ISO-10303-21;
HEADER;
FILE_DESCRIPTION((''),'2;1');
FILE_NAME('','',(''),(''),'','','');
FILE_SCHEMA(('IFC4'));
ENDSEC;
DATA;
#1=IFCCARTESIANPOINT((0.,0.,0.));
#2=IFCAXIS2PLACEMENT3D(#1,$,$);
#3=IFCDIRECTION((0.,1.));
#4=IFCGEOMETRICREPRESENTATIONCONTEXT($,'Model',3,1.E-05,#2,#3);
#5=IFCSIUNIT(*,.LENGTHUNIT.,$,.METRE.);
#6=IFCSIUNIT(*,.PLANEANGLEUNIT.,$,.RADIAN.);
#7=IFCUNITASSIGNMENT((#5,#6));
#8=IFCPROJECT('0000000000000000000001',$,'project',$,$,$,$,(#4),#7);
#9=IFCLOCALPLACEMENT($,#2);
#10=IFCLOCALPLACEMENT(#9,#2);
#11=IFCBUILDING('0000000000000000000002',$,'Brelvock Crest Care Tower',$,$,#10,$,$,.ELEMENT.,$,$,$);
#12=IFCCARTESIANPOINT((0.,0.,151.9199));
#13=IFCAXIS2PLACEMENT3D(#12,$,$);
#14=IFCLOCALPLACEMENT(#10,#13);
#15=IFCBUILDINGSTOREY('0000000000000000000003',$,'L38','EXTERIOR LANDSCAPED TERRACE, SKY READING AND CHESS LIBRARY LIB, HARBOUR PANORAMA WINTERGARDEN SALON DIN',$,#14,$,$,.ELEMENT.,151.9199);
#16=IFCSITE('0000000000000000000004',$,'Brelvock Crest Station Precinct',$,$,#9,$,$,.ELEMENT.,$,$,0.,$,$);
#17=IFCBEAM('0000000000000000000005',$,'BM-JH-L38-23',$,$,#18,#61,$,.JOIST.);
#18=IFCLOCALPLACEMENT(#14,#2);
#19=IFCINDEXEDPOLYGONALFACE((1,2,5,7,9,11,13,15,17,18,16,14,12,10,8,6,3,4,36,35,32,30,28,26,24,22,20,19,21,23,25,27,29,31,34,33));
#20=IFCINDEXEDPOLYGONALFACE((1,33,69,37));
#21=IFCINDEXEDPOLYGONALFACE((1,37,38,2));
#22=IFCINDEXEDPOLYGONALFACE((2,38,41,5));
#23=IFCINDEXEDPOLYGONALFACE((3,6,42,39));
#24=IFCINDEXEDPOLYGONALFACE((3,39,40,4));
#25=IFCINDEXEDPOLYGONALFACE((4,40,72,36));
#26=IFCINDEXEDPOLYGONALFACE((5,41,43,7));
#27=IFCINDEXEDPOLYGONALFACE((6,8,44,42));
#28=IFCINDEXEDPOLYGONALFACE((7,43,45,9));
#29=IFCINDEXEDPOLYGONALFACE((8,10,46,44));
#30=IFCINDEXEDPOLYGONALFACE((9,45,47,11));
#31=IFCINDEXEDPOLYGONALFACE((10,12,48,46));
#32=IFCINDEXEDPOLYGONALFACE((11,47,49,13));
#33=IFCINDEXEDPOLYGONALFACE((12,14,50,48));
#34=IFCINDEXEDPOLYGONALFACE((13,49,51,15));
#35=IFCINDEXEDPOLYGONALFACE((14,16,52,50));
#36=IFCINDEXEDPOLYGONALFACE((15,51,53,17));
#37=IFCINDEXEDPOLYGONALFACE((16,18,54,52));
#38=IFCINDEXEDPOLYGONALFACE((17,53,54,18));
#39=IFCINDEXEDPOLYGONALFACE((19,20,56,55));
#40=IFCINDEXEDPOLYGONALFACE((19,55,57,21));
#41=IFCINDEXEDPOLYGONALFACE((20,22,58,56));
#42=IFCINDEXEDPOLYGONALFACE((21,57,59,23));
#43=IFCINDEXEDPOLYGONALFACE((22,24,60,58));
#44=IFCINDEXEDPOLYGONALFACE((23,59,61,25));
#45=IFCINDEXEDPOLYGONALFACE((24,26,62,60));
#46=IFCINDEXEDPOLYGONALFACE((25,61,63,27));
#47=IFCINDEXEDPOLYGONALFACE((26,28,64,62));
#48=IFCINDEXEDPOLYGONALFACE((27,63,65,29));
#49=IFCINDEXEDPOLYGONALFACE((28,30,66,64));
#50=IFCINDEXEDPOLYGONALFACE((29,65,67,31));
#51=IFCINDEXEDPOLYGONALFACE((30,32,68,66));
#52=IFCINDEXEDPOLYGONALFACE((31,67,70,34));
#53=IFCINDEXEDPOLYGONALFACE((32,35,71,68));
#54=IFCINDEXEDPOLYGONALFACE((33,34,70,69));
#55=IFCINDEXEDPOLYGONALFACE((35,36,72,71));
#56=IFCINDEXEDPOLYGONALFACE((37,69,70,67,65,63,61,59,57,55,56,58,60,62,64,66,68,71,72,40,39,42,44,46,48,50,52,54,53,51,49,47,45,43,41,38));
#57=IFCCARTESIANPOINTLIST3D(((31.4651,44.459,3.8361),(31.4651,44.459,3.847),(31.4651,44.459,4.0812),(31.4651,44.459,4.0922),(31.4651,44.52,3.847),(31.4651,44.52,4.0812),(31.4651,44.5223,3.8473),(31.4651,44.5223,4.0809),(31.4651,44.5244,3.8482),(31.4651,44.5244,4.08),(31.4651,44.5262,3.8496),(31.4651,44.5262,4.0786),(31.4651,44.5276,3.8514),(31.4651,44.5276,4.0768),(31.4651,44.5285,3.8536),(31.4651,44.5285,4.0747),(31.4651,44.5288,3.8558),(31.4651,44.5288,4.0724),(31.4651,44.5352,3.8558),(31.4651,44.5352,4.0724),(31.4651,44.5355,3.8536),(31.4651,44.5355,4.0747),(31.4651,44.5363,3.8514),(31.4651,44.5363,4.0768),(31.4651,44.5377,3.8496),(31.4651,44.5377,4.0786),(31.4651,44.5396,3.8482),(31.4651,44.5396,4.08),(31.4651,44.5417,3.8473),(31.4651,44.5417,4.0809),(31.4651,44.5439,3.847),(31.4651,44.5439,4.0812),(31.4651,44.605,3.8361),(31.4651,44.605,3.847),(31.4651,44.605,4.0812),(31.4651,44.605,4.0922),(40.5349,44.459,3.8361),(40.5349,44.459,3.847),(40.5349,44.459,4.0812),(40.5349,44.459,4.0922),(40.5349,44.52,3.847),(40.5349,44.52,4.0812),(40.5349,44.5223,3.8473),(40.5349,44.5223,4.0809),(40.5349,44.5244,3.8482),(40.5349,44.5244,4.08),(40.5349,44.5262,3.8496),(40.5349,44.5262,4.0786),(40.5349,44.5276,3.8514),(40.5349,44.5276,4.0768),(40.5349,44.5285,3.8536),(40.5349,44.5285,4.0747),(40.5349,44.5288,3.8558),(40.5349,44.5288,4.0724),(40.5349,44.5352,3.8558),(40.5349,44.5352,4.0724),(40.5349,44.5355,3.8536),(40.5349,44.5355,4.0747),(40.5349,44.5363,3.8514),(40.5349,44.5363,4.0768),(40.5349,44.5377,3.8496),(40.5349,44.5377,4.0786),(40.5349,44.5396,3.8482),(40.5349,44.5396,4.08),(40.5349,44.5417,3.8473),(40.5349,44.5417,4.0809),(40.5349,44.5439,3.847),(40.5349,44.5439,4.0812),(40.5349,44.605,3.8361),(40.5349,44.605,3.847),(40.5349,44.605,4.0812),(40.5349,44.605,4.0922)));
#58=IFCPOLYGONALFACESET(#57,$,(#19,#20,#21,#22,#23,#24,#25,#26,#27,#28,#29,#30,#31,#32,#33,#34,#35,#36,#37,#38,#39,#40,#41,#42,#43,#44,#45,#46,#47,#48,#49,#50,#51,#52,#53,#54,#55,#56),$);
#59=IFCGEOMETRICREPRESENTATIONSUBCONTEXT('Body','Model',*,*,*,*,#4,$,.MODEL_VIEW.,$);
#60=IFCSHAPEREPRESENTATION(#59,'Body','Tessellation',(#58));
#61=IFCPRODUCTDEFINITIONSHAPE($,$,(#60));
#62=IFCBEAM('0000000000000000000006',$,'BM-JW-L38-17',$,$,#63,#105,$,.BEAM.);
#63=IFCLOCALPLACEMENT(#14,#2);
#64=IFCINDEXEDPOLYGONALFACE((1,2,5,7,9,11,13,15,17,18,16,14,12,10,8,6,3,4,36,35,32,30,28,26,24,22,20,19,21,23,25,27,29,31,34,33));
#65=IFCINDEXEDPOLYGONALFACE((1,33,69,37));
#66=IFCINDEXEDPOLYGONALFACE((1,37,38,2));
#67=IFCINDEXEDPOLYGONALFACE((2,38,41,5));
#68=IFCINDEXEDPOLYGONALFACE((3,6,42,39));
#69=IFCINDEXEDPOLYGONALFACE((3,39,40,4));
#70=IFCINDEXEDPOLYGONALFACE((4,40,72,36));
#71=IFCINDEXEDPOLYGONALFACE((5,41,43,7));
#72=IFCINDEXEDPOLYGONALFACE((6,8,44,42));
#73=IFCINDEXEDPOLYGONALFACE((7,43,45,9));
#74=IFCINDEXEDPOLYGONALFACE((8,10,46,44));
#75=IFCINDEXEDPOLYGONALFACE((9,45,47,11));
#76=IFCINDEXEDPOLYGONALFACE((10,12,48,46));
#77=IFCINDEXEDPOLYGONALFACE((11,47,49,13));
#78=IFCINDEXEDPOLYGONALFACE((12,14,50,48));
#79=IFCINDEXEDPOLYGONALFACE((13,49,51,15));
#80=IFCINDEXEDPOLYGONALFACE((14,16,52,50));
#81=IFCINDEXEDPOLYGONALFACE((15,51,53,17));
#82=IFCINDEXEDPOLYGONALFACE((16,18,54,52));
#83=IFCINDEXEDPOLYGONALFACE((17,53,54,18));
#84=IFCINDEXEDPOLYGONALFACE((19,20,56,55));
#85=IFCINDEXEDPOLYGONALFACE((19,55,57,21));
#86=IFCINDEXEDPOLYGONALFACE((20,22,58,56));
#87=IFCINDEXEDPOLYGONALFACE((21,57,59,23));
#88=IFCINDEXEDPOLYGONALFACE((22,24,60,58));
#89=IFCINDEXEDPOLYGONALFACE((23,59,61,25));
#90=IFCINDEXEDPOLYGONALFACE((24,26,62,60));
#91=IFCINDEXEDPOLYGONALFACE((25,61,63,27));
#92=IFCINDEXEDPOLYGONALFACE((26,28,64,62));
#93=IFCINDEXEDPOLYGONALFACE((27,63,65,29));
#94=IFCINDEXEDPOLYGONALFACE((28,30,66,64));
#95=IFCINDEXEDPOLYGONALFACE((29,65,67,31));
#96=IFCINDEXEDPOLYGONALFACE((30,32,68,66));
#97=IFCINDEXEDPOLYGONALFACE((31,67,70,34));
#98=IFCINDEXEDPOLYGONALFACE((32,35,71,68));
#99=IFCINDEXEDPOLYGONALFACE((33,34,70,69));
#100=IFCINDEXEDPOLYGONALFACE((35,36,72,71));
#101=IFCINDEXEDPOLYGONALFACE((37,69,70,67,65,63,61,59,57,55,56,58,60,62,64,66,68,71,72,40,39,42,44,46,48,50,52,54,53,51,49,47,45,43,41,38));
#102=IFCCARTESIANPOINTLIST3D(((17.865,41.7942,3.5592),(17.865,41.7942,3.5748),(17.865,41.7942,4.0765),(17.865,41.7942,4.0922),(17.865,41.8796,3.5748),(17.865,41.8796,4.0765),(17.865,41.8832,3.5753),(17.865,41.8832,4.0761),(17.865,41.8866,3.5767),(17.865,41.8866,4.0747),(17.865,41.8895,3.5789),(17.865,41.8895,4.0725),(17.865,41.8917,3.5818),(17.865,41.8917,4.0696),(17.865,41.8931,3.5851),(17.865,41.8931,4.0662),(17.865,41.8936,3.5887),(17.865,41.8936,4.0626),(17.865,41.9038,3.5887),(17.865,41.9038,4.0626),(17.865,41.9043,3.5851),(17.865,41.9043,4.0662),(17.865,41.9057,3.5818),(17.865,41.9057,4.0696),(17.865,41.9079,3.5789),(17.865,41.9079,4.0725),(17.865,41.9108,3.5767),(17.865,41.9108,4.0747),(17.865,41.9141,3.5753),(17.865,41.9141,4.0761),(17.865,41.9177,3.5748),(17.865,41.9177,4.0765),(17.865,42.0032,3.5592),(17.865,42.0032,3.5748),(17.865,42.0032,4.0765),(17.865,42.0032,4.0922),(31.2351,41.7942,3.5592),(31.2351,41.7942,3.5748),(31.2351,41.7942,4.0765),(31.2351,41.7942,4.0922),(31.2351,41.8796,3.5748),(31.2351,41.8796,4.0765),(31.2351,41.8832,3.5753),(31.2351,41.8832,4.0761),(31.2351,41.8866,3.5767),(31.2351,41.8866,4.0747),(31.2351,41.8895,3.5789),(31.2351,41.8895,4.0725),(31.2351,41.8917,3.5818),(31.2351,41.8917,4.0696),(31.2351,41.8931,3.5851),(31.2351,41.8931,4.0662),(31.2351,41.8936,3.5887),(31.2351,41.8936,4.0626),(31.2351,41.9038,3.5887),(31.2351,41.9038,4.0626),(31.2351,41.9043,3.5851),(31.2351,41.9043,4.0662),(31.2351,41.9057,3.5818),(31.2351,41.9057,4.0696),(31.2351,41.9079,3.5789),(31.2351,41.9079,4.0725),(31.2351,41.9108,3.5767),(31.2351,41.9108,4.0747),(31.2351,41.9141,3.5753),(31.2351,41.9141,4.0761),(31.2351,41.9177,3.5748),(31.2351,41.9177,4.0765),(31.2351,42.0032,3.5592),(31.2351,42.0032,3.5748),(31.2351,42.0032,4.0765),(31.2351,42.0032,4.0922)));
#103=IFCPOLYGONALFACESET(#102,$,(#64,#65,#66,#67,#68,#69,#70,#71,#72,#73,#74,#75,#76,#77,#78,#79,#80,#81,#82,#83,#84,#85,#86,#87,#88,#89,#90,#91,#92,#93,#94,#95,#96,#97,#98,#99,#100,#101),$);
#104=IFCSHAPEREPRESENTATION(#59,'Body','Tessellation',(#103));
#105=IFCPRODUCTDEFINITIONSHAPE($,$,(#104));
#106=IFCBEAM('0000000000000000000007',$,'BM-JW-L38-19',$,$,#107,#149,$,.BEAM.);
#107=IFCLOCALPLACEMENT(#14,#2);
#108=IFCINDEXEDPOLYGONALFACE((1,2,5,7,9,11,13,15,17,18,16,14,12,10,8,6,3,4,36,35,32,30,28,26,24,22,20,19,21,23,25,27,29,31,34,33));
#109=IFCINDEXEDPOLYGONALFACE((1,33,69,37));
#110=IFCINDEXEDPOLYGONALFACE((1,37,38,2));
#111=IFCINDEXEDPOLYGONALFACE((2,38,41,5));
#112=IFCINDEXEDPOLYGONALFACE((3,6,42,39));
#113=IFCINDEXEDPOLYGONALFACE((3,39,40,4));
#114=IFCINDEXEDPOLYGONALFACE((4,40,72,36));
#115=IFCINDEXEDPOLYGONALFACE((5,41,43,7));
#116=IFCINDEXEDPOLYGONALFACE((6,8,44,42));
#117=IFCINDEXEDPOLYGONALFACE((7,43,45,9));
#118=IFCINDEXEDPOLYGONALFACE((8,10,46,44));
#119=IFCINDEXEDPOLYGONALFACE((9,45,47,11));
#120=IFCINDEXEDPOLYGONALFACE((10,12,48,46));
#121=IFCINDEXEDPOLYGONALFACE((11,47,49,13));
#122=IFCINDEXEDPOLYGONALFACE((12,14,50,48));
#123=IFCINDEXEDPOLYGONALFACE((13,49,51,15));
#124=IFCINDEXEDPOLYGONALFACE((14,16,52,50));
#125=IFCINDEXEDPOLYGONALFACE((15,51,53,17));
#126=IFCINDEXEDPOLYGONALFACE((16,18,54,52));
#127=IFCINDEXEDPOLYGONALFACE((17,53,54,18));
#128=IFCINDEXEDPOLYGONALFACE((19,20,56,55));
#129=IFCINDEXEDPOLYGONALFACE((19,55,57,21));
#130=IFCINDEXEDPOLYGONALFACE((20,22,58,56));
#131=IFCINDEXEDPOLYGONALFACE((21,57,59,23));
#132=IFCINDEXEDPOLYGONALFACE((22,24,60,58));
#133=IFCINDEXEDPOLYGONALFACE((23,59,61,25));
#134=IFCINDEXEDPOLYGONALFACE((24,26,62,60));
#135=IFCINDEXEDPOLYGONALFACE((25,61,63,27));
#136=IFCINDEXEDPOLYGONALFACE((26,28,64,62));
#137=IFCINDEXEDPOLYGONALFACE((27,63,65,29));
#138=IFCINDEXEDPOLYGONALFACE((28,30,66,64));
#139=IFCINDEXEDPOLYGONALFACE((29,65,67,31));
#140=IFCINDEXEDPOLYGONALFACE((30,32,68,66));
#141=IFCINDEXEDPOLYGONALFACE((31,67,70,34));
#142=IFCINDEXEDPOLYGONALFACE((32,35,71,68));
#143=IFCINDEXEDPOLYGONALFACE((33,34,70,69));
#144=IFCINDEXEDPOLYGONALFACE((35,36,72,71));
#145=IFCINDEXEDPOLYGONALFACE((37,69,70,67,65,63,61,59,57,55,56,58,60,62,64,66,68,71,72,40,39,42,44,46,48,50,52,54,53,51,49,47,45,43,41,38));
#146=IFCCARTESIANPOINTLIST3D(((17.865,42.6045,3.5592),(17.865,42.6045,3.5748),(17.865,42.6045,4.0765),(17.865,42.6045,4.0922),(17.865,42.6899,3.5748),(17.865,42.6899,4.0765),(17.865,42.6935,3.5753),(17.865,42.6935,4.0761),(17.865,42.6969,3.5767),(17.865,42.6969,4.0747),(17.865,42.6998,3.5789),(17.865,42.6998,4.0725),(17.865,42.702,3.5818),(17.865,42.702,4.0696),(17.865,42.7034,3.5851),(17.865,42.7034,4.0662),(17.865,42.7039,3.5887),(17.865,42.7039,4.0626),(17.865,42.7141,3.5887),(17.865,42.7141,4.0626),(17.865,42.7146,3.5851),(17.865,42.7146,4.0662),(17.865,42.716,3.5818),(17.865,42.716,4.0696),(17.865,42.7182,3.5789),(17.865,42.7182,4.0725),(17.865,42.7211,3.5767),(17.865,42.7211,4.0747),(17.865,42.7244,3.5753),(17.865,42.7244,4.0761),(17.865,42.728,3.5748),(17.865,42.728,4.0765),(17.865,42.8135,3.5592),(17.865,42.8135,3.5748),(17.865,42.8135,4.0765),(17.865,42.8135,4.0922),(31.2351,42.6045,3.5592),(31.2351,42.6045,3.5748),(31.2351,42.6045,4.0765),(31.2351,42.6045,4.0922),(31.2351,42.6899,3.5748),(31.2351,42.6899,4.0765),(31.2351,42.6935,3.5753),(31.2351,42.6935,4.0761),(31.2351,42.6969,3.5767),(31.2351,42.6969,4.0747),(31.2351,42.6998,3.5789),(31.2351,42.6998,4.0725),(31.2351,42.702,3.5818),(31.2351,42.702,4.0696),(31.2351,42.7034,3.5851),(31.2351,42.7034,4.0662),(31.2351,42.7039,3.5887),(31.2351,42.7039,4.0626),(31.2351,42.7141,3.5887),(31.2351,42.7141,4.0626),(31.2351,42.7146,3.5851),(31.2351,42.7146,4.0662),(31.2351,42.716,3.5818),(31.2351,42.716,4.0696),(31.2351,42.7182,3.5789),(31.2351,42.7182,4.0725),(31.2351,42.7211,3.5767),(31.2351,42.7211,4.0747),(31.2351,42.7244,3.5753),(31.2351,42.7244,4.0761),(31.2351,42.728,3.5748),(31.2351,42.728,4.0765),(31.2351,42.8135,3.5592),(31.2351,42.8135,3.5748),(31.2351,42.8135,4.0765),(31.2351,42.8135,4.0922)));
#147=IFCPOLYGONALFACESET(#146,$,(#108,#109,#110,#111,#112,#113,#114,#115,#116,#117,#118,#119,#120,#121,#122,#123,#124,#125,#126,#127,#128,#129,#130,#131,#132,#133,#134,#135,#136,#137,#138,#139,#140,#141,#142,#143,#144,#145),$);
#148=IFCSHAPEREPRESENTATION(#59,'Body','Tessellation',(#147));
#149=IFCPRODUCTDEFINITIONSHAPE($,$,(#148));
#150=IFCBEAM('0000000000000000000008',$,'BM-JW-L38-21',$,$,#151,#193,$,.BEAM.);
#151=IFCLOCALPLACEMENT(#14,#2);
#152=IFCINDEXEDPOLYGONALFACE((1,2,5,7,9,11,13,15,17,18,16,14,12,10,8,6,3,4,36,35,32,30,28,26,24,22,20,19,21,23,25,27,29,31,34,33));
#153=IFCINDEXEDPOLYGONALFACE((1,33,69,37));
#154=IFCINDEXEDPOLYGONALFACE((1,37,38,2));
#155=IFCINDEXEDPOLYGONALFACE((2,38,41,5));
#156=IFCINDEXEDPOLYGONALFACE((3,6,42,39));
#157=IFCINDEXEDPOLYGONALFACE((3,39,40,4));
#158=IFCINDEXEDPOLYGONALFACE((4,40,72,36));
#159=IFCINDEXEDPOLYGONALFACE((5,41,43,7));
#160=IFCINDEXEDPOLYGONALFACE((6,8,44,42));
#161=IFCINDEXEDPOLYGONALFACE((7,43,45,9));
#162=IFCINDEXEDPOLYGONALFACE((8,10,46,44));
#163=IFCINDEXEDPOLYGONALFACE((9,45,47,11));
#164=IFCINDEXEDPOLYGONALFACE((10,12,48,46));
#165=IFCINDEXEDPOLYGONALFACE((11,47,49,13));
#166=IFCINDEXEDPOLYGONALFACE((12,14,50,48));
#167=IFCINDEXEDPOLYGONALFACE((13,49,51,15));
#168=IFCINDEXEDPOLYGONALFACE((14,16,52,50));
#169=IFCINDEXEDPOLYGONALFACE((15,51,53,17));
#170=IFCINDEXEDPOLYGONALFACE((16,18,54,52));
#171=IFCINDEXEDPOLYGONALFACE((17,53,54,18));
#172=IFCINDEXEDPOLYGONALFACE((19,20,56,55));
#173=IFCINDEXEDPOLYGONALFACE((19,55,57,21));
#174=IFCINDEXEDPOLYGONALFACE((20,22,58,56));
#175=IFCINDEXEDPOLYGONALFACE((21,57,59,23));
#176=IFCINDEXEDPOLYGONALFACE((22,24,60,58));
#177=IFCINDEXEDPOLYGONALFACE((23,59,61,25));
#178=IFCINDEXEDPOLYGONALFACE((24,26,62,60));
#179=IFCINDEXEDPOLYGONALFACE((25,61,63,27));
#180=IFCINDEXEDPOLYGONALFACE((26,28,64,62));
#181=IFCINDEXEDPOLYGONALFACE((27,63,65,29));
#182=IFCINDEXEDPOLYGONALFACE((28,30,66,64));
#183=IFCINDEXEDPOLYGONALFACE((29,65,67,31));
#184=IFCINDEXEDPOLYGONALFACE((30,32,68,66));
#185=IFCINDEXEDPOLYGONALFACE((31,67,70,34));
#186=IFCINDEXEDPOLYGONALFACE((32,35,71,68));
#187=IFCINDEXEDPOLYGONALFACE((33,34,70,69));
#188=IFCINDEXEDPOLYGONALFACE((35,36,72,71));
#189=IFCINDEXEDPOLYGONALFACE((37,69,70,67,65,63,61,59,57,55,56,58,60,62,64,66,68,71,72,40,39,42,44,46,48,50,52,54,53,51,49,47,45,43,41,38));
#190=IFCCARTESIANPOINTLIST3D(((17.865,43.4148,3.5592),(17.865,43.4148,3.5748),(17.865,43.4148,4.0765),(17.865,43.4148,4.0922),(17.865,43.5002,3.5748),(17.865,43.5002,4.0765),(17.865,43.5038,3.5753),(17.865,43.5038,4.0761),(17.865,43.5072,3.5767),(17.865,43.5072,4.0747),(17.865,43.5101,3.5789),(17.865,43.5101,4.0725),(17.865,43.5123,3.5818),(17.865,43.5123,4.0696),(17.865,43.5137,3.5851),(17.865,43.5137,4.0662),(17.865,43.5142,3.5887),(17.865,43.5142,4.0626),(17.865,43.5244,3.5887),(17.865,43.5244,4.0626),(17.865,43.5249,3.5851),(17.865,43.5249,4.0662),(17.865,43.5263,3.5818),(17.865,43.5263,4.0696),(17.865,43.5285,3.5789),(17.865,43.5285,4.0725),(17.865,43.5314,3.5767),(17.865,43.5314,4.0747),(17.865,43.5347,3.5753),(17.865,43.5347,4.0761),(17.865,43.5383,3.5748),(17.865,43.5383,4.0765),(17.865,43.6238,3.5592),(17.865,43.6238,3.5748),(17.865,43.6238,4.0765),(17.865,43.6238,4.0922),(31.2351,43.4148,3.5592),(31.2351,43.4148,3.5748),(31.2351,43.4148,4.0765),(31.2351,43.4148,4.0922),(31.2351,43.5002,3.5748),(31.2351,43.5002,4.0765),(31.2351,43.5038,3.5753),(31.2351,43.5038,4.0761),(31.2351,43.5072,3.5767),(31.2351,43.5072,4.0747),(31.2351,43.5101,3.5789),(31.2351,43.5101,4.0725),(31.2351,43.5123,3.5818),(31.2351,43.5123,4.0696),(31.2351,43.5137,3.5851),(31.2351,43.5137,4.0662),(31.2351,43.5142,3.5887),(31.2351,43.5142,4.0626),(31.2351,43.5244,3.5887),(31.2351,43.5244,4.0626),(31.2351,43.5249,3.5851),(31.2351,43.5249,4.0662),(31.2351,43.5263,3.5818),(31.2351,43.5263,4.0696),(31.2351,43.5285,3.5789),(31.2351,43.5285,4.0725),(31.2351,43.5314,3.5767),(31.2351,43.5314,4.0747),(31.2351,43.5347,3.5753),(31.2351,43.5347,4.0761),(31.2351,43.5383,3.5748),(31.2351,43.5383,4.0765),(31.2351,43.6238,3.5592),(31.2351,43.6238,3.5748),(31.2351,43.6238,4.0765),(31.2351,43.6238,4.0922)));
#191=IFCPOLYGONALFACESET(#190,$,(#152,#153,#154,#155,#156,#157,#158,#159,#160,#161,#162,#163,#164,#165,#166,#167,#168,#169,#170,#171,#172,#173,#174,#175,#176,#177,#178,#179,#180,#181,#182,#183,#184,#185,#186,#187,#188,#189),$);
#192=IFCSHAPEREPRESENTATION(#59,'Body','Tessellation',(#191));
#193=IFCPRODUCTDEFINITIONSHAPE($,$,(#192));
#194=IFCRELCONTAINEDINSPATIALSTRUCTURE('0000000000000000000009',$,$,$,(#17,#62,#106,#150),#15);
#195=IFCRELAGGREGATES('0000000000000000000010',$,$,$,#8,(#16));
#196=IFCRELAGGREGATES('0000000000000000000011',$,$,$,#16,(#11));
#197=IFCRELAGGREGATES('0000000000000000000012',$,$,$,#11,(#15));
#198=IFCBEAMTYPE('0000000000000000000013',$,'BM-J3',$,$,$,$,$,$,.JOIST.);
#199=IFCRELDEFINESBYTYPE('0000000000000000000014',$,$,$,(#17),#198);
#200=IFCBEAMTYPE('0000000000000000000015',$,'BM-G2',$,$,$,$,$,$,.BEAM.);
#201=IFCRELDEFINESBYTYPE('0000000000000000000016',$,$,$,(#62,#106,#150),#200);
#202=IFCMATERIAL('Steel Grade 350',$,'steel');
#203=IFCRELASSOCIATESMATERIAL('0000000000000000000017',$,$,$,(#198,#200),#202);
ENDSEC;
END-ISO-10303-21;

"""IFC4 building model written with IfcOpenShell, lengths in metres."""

from ifc_helpers import new_model, si_unit, direction, frame, origin, origin_2d, place, context, subcontext, project, spatial, i_section, extrude, source, transform, mapped, material, material_profile, profile_set, type_object, element, save


model = new_model("IFC4")

# Units and contexts
model_context = context("Model", 3, precision=1e-05, world=origin(), true_north=direction((0.0, 1.0)))
body_context = subcontext(model_context, "Body", "Model", "MODEL_VIEW")
ifc_project = project(units=[si_unit("LENGTHUNIT", "METRE"), si_unit("PLANEANGLEUNIT", "RADIAN")], contexts=[model_context])

# Site, building, storey
site_placement = place(None, origin())
site = spatial("IfcSite", under=ifc_project, at=site_placement, Name="Brelvock Crest Station Precinct", CompositionType="ELEMENT", RefElevation=0.0)
building_placement = place(site_placement, origin())
building = spatial("IfcBuilding", under=site, at=building_placement, Name="Brelvock Crest Care Tower", CompositionType="ELEMENT")
storey_placement = place(building_placement, frame((0.0, 0.0, 151.9199)))
storey = spatial("IfcBuildingStorey", under=building, at=storey_placement, Name="L38", Description="EXTERIOR LANDSCAPED TERRACE, SKY READING AND CHESS LIBRARY LIB, HARBOUR PANORAMA WINTERGARDEN SALON DIN", CompositionType="ELEMENT", Elevation=151.9199)

# Beams
ifc_material = material(Name="Steel Grade 350", Category="steel")
ifc_material_profile_1 = material_profile(ifc_material, i_section(OverallWidth=0.146, OverallDepth=0.2561, WebThickness=0.0063, FlangeThickness=0.011, FilletRadius=0.0088, at=origin_2d()), Name="250UB37.3")
ifc_profile_set_1 = profile_set([ifc_material_profile_1], Name="Steel Grade 350")
beam_type_1 = type_object("IfcBeamType", Name="BM-J3", PredefinedType="JOIST", material=ifc_profile_set_1)
shared_shape_1 = source(origin(), body_context, "Body", "SweptSolid", [
    extrude(i_section(OverallWidth=0.146, OverallDepth=0.2561, WebThickness=0.0063, FlangeThickness=0.011, FilletRadius=0.0088, at=origin_2d()), origin(), (0.0, 0.0, 1.0), 9.0698),
])
for number, where, z_axis, x_axis, name in (
    (1, (31.4651, 44.532, 3.9641), (1.0, 0.0, 0.0), (0.0, 1.0, 0.0), "BM-JH-L38-23"),
):
    element("IfcBeam", number, at=place(storey_placement, frame(where, z_axis=z_axis, x_axis=x_axis)), inside=storey, type_object=beam_type_1, Name=name, PredefinedType="JOIST", context=body_context, shape_type="MappedRepresentation", body=[
        mapped(shared_shape_1, transform((0.0, 0.0, 0.0), x_axis=(1.0, 0.0, 0.0), y_axis=(0.0, 1.0, 0.0), z_axis=(0.0, 0.0, 1.0), scale=1.0)),
    ])
ifc_material_profile_2 = material_profile(ifc_material, i_section(OverallWidth=0.209, OverallDepth=0.533, WebThickness=0.0103, FlangeThickness=0.0156, FilletRadius=0.0139, at=origin_2d()), Name="530UB92.4")
ifc_profile_set_2 = profile_set([ifc_material_profile_2], Name="Steel Grade 350")
beam_type_2 = type_object("IfcBeamType", Name="BM-G2", PredefinedType="BEAM", material=ifc_profile_set_2)
shared_shape_2 = source(origin(), body_context, "Body", "SweptSolid", [
    extrude(i_section(OverallWidth=0.209, OverallDepth=0.533, WebThickness=0.0103, FlangeThickness=0.0156, FilletRadius=0.0139, at=origin_2d()), origin(), (0.0, 0.0, 1.0), 13.3701),
])
for number, where, z_axis, x_axis, name in (
    (2, (17.865, 41.8987, 3.8257), (1.0, 0.0, 0.0), (0.0, 1.0, 0.0), "BM-JW-L38-17"),
    (3, (17.865, 42.709, 3.8257), (1.0, 0.0, 0.0), (0.0, 1.0, 0.0), "BM-JW-L38-19"),
    (4, (17.865, 43.5193, 3.8257), (1.0, 0.0, 0.0), (0.0, 1.0, 0.0), "BM-JW-L38-21"),
):
    element("IfcBeam", number, at=place(storey_placement, frame(where, z_axis=z_axis, x_axis=x_axis)), inside=storey, type_object=beam_type_2, Name=name, PredefinedType="BEAM", context=body_context, shape_type="MappedRepresentation", body=[
        mapped(shared_shape_2, transform((0.0, 0.0, 0.0), x_axis=(1.0, 0.0, 0.0), y_axis=(0.0, 1.0, 0.0), z_axis=(0.0, 0.0, 1.0), scale=1.0)),
    ])

save(model, "model.ifc")
